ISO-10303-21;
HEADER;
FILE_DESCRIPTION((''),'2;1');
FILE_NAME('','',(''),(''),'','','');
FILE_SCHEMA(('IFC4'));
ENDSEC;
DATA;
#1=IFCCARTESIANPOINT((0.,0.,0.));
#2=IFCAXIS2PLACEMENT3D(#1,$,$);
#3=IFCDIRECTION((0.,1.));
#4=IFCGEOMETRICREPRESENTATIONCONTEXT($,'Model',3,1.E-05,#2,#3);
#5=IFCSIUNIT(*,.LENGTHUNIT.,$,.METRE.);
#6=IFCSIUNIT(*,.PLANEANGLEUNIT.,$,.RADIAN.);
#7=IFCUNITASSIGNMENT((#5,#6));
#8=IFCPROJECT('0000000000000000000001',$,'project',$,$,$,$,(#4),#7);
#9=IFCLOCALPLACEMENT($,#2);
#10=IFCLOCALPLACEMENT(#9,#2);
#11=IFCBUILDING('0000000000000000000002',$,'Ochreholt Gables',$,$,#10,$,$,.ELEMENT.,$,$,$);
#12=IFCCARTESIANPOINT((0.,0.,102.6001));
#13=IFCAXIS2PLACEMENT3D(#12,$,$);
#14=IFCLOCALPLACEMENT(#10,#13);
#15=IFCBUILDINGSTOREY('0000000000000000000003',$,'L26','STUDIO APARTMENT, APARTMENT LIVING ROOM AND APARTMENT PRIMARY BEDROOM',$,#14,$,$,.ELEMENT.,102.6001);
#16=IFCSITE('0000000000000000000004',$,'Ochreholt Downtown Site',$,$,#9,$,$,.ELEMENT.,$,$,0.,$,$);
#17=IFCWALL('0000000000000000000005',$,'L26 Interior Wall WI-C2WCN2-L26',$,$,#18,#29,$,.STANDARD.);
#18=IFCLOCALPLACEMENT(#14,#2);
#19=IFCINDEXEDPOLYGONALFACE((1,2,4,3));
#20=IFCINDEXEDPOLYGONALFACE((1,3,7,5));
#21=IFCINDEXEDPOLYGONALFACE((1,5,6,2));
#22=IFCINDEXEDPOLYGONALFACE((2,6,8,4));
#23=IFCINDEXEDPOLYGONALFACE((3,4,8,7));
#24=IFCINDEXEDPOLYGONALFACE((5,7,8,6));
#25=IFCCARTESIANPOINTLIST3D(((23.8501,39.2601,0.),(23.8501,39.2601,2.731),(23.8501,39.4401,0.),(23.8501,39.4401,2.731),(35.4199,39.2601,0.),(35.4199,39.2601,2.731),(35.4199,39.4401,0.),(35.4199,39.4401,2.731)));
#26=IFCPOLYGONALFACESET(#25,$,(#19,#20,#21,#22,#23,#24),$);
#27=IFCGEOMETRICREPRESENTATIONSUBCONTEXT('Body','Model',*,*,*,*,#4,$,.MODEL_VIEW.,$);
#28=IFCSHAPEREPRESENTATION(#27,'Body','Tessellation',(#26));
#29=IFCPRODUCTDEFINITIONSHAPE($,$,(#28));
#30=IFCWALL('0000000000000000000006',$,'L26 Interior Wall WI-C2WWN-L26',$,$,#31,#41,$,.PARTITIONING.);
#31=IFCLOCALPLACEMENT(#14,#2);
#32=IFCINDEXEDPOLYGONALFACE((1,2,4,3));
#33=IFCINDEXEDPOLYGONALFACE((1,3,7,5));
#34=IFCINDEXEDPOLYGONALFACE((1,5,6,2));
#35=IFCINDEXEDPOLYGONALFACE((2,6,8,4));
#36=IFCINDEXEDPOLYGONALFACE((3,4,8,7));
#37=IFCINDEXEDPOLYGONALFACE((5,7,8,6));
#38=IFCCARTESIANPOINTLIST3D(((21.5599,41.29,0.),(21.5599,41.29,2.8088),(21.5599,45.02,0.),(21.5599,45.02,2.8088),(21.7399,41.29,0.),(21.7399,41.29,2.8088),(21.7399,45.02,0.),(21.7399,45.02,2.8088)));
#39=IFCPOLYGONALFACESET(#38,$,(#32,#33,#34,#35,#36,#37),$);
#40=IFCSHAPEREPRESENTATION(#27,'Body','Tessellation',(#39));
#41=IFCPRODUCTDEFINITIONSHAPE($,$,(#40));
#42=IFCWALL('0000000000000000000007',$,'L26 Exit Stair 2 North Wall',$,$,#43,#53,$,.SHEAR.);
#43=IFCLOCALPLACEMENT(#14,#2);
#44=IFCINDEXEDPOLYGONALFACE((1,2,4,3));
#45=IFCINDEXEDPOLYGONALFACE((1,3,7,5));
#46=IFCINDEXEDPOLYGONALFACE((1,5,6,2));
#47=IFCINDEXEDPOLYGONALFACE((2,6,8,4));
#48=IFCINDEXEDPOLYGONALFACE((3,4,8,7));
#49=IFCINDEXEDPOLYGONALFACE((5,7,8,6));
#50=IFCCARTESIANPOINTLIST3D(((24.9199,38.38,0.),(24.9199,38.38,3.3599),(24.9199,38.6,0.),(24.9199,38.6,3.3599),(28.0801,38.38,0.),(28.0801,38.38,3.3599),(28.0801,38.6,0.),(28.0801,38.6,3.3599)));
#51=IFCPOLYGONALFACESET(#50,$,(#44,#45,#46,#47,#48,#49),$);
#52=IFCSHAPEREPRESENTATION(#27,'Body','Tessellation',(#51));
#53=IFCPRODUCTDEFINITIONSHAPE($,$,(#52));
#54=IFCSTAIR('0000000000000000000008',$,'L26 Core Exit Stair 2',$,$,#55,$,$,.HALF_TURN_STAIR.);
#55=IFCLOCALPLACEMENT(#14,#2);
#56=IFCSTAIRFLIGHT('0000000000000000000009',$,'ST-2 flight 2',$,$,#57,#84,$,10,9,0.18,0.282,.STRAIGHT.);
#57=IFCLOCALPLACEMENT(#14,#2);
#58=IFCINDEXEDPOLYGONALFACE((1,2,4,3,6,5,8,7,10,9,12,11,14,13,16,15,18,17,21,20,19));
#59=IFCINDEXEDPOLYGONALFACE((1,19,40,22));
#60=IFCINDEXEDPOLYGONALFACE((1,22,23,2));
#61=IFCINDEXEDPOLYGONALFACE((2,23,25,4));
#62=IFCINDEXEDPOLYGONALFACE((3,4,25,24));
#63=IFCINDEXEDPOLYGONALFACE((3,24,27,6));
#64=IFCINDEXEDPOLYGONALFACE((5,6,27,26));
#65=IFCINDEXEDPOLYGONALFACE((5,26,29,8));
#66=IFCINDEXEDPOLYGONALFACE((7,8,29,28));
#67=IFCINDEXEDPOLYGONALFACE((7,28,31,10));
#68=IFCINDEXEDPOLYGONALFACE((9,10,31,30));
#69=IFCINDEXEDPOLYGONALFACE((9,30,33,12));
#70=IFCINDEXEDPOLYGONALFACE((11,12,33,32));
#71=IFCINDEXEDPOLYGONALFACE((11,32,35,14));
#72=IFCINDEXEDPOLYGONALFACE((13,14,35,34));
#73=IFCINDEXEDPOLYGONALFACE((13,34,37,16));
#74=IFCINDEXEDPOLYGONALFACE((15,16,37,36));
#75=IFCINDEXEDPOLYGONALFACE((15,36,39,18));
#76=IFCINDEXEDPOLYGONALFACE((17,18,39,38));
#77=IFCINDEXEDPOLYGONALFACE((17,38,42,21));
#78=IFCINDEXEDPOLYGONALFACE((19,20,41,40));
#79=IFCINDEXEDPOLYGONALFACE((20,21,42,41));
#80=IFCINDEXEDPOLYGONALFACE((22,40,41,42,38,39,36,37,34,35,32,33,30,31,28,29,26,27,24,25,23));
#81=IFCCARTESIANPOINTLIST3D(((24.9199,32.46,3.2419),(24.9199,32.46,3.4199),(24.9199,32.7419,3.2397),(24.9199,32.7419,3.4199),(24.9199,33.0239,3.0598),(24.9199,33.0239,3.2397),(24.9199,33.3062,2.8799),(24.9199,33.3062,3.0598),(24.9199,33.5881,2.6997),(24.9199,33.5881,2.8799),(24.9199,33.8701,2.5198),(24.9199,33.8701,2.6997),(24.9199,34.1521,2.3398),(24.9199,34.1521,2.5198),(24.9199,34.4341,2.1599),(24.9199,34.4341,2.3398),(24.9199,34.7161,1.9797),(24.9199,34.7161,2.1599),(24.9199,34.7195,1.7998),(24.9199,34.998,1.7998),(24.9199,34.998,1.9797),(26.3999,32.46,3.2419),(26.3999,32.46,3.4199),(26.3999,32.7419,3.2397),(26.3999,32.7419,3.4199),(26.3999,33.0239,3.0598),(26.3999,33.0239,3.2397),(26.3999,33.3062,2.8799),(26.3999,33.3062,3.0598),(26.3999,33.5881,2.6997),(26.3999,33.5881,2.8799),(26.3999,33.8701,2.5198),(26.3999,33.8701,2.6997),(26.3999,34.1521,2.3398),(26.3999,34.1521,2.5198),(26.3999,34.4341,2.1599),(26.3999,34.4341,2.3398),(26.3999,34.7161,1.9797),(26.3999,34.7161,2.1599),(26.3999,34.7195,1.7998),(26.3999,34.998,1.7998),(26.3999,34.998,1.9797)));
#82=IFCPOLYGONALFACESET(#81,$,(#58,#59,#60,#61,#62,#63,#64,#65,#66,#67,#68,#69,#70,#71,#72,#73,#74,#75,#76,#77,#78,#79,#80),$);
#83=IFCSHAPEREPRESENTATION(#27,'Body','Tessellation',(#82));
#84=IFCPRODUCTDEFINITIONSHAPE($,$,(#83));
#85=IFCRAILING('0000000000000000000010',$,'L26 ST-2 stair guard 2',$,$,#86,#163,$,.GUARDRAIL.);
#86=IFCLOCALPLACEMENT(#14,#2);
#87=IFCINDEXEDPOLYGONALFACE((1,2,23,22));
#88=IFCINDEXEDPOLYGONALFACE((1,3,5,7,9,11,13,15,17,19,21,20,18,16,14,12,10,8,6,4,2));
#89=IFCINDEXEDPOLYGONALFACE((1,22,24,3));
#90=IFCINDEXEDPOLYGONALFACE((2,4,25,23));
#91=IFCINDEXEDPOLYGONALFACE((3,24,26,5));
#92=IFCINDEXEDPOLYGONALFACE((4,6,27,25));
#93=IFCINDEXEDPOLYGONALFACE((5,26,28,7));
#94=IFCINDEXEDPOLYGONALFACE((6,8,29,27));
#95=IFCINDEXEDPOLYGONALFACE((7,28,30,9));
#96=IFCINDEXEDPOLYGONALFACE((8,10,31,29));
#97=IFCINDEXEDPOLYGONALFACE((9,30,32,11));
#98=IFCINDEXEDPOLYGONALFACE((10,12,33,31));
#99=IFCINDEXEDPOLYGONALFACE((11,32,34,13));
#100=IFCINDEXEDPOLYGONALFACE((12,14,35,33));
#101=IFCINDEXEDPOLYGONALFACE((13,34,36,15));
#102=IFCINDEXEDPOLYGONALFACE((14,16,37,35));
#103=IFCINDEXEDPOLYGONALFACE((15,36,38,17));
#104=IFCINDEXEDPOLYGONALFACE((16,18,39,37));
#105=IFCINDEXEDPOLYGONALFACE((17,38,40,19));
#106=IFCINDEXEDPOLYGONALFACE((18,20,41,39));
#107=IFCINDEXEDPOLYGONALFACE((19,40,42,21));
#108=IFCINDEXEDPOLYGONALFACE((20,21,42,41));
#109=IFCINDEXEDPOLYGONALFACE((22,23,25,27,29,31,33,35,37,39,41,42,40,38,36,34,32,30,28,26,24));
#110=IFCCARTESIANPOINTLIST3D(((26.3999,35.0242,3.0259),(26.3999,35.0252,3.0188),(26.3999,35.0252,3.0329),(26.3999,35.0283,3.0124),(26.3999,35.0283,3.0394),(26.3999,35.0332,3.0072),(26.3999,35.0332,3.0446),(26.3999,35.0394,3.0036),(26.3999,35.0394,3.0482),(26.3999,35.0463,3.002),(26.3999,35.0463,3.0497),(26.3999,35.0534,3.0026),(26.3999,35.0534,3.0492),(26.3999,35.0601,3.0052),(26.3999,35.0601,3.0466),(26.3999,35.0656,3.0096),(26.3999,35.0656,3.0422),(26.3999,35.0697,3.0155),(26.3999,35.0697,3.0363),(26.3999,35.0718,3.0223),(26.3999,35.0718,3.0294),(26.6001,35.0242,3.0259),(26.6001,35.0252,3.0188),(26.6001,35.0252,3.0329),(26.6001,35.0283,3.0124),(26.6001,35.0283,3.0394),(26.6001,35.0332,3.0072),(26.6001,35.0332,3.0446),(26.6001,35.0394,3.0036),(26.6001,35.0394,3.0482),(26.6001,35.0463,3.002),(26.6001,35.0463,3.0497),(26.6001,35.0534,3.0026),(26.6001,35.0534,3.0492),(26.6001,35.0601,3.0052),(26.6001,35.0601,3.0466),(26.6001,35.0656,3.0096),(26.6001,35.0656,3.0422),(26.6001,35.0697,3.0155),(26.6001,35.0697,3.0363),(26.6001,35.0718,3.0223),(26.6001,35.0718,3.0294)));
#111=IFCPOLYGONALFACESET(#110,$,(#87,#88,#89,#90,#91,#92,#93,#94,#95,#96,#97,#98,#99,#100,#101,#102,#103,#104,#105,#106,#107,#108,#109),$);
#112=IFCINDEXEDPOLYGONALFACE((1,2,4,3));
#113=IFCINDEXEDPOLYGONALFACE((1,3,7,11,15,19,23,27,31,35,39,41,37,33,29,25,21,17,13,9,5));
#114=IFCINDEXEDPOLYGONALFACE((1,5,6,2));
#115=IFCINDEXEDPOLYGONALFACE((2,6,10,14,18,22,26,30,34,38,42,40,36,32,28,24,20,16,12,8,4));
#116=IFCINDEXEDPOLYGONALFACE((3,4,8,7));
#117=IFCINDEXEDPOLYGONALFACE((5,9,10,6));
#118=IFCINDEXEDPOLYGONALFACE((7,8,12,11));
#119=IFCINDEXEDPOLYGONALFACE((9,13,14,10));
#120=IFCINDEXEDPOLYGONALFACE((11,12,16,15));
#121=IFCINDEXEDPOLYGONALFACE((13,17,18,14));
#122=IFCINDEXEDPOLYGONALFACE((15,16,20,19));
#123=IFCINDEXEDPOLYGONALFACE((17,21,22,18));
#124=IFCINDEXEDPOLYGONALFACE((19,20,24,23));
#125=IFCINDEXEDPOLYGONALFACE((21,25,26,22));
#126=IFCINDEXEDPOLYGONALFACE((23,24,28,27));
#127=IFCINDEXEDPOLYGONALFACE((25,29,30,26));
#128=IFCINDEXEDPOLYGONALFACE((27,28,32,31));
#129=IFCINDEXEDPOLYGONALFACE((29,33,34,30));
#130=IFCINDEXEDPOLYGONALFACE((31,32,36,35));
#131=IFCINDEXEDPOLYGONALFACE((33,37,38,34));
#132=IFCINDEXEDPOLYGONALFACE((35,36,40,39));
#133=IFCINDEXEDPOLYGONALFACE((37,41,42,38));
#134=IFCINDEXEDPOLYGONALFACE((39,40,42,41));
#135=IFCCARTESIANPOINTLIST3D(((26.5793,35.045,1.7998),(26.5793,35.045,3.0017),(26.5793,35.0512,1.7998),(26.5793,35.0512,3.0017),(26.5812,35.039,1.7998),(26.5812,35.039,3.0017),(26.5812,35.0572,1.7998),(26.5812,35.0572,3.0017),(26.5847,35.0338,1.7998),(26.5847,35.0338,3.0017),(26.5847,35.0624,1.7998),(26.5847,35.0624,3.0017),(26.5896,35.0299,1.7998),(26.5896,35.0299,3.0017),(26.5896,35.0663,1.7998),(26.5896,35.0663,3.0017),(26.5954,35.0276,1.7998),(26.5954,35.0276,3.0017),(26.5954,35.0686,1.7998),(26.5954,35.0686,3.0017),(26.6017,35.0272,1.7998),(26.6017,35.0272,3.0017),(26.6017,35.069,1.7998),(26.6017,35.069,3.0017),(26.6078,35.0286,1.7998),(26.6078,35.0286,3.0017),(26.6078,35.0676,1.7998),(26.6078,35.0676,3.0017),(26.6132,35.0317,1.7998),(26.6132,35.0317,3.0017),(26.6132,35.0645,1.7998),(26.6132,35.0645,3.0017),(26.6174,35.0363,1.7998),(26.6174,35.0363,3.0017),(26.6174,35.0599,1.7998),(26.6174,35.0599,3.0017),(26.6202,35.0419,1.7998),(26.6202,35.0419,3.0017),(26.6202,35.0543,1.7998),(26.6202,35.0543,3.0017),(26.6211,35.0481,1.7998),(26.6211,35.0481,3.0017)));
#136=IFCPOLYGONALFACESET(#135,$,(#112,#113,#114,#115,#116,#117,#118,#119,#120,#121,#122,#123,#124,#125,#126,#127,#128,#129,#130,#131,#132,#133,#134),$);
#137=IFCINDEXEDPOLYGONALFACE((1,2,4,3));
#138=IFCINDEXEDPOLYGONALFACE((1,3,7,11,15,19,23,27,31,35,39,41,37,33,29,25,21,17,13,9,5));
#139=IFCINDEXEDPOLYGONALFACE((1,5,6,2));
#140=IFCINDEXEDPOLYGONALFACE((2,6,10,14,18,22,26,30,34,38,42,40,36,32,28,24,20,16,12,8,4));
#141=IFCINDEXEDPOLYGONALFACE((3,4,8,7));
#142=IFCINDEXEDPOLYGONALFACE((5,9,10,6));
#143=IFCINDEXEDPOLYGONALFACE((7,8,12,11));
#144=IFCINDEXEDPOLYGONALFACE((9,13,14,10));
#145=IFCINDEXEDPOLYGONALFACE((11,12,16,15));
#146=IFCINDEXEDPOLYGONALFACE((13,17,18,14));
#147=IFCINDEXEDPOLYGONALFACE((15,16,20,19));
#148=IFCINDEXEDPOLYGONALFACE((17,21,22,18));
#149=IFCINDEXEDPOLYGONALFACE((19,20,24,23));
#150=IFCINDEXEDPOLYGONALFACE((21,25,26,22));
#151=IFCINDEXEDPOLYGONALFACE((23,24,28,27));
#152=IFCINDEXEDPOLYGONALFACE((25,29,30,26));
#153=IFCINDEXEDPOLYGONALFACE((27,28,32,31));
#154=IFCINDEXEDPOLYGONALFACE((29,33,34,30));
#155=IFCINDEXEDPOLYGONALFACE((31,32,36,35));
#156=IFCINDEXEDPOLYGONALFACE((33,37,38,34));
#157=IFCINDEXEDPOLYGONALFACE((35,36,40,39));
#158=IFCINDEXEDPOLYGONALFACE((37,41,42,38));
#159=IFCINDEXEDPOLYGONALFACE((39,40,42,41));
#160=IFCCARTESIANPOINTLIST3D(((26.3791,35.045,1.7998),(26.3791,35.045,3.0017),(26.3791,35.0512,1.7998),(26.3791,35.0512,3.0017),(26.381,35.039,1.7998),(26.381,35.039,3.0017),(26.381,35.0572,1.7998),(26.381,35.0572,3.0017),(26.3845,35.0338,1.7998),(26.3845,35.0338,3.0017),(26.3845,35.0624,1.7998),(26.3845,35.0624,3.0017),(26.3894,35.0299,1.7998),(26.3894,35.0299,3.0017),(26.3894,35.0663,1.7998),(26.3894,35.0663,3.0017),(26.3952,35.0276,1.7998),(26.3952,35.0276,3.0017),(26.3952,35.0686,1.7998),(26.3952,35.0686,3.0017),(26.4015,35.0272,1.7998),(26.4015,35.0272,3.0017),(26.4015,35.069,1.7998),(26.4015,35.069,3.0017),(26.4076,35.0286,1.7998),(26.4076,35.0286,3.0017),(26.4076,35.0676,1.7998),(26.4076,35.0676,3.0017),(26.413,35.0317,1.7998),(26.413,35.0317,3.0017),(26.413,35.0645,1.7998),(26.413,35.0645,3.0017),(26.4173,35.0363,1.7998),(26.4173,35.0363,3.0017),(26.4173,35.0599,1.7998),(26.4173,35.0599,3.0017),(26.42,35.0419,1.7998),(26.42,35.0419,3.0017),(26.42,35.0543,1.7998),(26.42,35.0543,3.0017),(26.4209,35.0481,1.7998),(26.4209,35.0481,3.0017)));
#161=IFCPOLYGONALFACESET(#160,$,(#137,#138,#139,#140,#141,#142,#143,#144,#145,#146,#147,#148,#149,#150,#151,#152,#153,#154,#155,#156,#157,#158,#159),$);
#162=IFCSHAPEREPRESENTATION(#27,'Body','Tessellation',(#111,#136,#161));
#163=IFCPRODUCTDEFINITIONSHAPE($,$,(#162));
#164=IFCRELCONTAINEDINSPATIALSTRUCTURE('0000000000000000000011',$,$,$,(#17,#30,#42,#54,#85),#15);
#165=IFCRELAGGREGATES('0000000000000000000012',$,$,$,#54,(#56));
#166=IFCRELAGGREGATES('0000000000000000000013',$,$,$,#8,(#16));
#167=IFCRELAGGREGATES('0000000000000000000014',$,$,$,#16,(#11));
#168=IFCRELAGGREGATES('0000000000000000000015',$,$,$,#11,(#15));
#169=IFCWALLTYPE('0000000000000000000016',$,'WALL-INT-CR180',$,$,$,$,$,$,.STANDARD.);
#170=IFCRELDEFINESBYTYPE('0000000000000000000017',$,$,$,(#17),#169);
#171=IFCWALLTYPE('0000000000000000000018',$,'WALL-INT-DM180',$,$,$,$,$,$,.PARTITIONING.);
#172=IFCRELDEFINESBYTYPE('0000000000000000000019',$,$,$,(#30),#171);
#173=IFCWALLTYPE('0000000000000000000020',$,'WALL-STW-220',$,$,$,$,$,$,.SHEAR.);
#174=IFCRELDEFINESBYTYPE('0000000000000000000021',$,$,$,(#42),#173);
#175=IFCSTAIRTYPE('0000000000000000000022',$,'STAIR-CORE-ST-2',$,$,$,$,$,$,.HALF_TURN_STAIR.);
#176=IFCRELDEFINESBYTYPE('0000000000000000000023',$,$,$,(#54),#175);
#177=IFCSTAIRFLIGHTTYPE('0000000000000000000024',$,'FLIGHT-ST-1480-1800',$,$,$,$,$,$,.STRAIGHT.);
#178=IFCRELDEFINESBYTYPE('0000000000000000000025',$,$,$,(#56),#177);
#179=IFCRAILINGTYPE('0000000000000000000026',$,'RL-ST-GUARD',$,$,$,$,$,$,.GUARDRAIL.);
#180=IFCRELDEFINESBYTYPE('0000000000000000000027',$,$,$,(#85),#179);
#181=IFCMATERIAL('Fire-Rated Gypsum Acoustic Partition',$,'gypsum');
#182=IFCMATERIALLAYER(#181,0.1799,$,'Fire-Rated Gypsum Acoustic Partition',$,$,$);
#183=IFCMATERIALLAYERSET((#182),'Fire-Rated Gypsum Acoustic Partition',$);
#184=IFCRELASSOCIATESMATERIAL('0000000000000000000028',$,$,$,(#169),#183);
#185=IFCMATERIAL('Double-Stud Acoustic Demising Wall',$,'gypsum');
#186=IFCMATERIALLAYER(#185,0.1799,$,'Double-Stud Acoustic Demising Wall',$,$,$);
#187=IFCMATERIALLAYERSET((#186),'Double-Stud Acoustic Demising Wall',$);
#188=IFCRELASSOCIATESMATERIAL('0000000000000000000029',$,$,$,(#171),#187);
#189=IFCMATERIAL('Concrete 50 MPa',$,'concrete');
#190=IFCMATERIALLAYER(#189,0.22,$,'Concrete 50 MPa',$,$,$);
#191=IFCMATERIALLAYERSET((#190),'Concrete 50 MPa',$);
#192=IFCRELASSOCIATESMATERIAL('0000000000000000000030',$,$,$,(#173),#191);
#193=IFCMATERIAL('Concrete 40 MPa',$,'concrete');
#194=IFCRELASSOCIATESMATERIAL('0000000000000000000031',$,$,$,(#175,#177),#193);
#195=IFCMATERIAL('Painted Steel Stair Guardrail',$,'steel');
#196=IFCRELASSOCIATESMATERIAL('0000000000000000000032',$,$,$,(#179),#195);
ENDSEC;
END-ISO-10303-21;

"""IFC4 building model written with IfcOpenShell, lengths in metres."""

from ifc_helpers import new_model, si_unit, direction, frame, frame_2d, origin, origin_2d, place, context, subcontext, project, spatial, polyline, rectangle, circle, outline, extrude, material, layer, layer_set, type_object, element, aggregate, save


model = new_model("IFC4")

# Units and contexts
model_context = context("Model", 3, precision=1e-05, world=origin(), true_north=direction((0.0, 1.0)))
body_context = subcontext(model_context, "Body", "Model", "MODEL_VIEW")
ifc_project = project(units=[si_unit("LENGTHUNIT", "METRE"), si_unit("PLANEANGLEUNIT", "RADIAN")], contexts=[model_context])

# Site, building, storey
site_placement = place(None, origin())
site = spatial("IfcSite", under=ifc_project, at=site_placement, Name="Ochreholt Downtown Site", CompositionType="ELEMENT", RefElevation=0.0)
building_placement = place(site_placement, origin())
building = spatial("IfcBuilding", under=site, at=building_placement, Name="Ochreholt Gables", CompositionType="ELEMENT")
storey_placement = place(building_placement, frame((0.0, 0.0, 102.6001)))
storey = spatial("IfcBuildingStorey", under=building, at=storey_placement, Name="L26", Description="STUDIO APARTMENT, APARTMENT LIVING ROOM AND APARTMENT PRIMARY BEDROOM", CompositionType="ELEMENT", Elevation=102.6001)

# Shared definitions
ifc_material_1 = material(Name="Fire-Rated Gypsum Acoustic Partition", Category="gypsum")
ifc_layer_1 = layer(ifc_material_1, 0.1799, Name="Fire-Rated Gypsum Acoustic Partition")
ifc_layer_set_1 = layer_set([ifc_layer_1], Name="Fire-Rated Gypsum Acoustic Partition")
wall_type_1 = type_object("IfcWallType", Name="WALL-INT-CR180", PredefinedType="STANDARD", material=ifc_layer_set_1)

# Walls
wall_1_placement = place(storey_placement, frame((23.8501, 39.3501, 0.0), z_axis=(0.0, 0.0, 1.0), x_axis=(1.0, 0.0, 0.0)))
element("IfcWall", 1, at=wall_1_placement, inside=storey, type_object=wall_type_1, Name="L26 Interior Wall WI-C2WCN2-L26", PredefinedType="STANDARD", context=body_context, shape_type="SweptSolid", body=[
    extrude(rectangle(XDim=11.5698, YDim=0.1799, at=frame_2d((5.7849, 0.0))), origin(), (0.0, 0.0, 1.0), 2.731),
])
ifc_material_2 = material(Name="Double-Stud Acoustic Demising Wall", Category="gypsum")
ifc_layer_2 = layer(ifc_material_2, 0.1799, Name="Double-Stud Acoustic Demising Wall")
ifc_layer_set_2 = layer_set([ifc_layer_2], Name="Double-Stud Acoustic Demising Wall")
wall_type_2 = type_object("IfcWallType", Name="WALL-INT-DM180", PredefinedType="PARTITIONING", material=ifc_layer_set_2)
wall_2_placement = place(storey_placement, frame((21.6499, 41.29, 0.0), z_axis=(0.0, 0.0, 1.0), x_axis=(0.0, 1.0, 0.0)))
element("IfcWall", 2, at=wall_2_placement, inside=storey, type_object=wall_type_2, Name="L26 Interior Wall WI-C2WWN-L26", PredefinedType="PARTITIONING", context=body_context, shape_type="SweptSolid", body=[
    extrude(rectangle(XDim=3.73, YDim=0.1799, at=frame_2d((1.865, 0.0))), origin(), (0.0, 0.0, 1.0), 2.8088),
])
ifc_material_3 = material(Name="Concrete 50 MPa", Category="concrete")
ifc_layer_3 = layer(ifc_material_3, 0.22, Name="Concrete 50 MPa")
ifc_layer_set_3 = layer_set([ifc_layer_3], Name="Concrete 50 MPa")
wall_type_3 = type_object("IfcWallType", Name="WALL-STW-220", PredefinedType="SHEAR", material=ifc_layer_set_3)
wall_3_placement = place(storey_placement, frame((24.9199, 38.49, 0.0), z_axis=(0.0, 0.0, 1.0), x_axis=(1.0, 0.0, 0.0)))
element("IfcWall", 3, at=wall_3_placement, inside=storey, type_object=wall_type_3, Name="L26 Exit Stair 2 North Wall", PredefinedType="SHEAR", context=body_context, shape_type="SweptSolid", body=[
    extrude(rectangle(XDim=3.1602, YDim=0.22, at=frame_2d((1.5801, 0.0))), origin(), (0.0, 0.0, 1.0), 3.3599),
])

# Stair, stair flight
ifc_material_4 = material(Name="Concrete 40 MPa", Category="concrete")
stair_type = type_object("IfcStairType", Name="STAIR-CORE-ST-2", PredefinedType="HALF_TURN_STAIR", material=ifc_material_4)
stair_placement = place(storey_placement, origin())
stair = element("IfcStair", 4, at=stair_placement, inside=storey, type_object=stair_type, Name="L26 Core Exit Stair 2", PredefinedType="HALF_TURN_STAIR")
stair_flight_type = type_object("IfcStairFlightType", Name="FLIGHT-ST-1480-1800", PredefinedType="STRAIGHT", material=ifc_material_4)
stair_flight_placement = place(storey_placement, frame((25.6599, 34.998, 1.7998), z_axis=(0.0, 0.0, 1.0), x_axis=(0.0, -1.0, 0.0)))
stair_flight = element("IfcStairFlight", 5, at=stair_flight_placement, type_object=stair_flight_type, Name="ST-2 flight 2", NumberOfRisers=10, NumberOfTreads=9, PredefinedType="STRAIGHT", RiserHeight=0.18, TreadLength=0.282, context=body_context, shape_type="SweptSolid", body=[
    extrude(outline(polyline([(0.0, 0.0), (0.0, 0.1799), (0.282, 0.1799), (0.282, 0.3601), (0.564, 0.3601), (0.564, 0.54), (0.8459, 0.54), (0.8459, 0.72), (1.1279, 0.72), (1.1279, 0.8999), (1.4099, 0.8999), (1.4099, 1.0801), (1.6919, 1.0801), (1.6919, 1.26), (1.9741, 1.26), (1.9741, 1.4399), (2.2561, 1.4399), (2.2561, 1.6201), (2.5381, 1.6201), (2.5381, 1.8), (2.5381, 1.4421), (0.2786, 0.0), (0.0, 0.0)])), frame((0.0, 0.74, 0.0), z_axis=(0.0, -1.0, 0.0), x_axis=(1.0, 0.0, 0.0)), (0.0, 0.0, 1.0), 1.48),
])
aggregate(stair, [stair_flight])

# Railing
ifc_material_5 = material(Name="Painted Steel Stair Guardrail", Category="steel")
railing_type = type_object("IfcRailingType", Name="RL-ST-GUARD", PredefinedType="GUARDRAIL", material=ifc_material_5)
railing_1_placement = place(storey_placement, frame((26.6001, 35.0481, 1.7998)))
element("IfcRailing", 6, at=railing_1_placement, inside=storey, type_object=railing_type, Name="L26 ST-2 stair guard 2", PredefinedType="GUARDRAIL", context=body_context, shape_type="SweptSolid", body=[
    extrude(circle(Radius=0.0239, at=origin_2d()), frame((0.0, 0.0, 1.2261), z_axis=(-1.0, 0.0, 0.0), x_axis=(0.0, -1.0, 0.0)), (0.0, 0.0, 1.0), 0.2002),
    extrude(circle(Radius=0.021, at=origin_2d()), origin(), (0.0, 0.0, 1.0), 1.2019),
    extrude(circle(Radius=0.021, at=origin_2d()), frame((-0.2002, 0.0, 0.0)), (0.0, 0.0, 1.0), 1.2019),
])

save(model, "model.ifc")
